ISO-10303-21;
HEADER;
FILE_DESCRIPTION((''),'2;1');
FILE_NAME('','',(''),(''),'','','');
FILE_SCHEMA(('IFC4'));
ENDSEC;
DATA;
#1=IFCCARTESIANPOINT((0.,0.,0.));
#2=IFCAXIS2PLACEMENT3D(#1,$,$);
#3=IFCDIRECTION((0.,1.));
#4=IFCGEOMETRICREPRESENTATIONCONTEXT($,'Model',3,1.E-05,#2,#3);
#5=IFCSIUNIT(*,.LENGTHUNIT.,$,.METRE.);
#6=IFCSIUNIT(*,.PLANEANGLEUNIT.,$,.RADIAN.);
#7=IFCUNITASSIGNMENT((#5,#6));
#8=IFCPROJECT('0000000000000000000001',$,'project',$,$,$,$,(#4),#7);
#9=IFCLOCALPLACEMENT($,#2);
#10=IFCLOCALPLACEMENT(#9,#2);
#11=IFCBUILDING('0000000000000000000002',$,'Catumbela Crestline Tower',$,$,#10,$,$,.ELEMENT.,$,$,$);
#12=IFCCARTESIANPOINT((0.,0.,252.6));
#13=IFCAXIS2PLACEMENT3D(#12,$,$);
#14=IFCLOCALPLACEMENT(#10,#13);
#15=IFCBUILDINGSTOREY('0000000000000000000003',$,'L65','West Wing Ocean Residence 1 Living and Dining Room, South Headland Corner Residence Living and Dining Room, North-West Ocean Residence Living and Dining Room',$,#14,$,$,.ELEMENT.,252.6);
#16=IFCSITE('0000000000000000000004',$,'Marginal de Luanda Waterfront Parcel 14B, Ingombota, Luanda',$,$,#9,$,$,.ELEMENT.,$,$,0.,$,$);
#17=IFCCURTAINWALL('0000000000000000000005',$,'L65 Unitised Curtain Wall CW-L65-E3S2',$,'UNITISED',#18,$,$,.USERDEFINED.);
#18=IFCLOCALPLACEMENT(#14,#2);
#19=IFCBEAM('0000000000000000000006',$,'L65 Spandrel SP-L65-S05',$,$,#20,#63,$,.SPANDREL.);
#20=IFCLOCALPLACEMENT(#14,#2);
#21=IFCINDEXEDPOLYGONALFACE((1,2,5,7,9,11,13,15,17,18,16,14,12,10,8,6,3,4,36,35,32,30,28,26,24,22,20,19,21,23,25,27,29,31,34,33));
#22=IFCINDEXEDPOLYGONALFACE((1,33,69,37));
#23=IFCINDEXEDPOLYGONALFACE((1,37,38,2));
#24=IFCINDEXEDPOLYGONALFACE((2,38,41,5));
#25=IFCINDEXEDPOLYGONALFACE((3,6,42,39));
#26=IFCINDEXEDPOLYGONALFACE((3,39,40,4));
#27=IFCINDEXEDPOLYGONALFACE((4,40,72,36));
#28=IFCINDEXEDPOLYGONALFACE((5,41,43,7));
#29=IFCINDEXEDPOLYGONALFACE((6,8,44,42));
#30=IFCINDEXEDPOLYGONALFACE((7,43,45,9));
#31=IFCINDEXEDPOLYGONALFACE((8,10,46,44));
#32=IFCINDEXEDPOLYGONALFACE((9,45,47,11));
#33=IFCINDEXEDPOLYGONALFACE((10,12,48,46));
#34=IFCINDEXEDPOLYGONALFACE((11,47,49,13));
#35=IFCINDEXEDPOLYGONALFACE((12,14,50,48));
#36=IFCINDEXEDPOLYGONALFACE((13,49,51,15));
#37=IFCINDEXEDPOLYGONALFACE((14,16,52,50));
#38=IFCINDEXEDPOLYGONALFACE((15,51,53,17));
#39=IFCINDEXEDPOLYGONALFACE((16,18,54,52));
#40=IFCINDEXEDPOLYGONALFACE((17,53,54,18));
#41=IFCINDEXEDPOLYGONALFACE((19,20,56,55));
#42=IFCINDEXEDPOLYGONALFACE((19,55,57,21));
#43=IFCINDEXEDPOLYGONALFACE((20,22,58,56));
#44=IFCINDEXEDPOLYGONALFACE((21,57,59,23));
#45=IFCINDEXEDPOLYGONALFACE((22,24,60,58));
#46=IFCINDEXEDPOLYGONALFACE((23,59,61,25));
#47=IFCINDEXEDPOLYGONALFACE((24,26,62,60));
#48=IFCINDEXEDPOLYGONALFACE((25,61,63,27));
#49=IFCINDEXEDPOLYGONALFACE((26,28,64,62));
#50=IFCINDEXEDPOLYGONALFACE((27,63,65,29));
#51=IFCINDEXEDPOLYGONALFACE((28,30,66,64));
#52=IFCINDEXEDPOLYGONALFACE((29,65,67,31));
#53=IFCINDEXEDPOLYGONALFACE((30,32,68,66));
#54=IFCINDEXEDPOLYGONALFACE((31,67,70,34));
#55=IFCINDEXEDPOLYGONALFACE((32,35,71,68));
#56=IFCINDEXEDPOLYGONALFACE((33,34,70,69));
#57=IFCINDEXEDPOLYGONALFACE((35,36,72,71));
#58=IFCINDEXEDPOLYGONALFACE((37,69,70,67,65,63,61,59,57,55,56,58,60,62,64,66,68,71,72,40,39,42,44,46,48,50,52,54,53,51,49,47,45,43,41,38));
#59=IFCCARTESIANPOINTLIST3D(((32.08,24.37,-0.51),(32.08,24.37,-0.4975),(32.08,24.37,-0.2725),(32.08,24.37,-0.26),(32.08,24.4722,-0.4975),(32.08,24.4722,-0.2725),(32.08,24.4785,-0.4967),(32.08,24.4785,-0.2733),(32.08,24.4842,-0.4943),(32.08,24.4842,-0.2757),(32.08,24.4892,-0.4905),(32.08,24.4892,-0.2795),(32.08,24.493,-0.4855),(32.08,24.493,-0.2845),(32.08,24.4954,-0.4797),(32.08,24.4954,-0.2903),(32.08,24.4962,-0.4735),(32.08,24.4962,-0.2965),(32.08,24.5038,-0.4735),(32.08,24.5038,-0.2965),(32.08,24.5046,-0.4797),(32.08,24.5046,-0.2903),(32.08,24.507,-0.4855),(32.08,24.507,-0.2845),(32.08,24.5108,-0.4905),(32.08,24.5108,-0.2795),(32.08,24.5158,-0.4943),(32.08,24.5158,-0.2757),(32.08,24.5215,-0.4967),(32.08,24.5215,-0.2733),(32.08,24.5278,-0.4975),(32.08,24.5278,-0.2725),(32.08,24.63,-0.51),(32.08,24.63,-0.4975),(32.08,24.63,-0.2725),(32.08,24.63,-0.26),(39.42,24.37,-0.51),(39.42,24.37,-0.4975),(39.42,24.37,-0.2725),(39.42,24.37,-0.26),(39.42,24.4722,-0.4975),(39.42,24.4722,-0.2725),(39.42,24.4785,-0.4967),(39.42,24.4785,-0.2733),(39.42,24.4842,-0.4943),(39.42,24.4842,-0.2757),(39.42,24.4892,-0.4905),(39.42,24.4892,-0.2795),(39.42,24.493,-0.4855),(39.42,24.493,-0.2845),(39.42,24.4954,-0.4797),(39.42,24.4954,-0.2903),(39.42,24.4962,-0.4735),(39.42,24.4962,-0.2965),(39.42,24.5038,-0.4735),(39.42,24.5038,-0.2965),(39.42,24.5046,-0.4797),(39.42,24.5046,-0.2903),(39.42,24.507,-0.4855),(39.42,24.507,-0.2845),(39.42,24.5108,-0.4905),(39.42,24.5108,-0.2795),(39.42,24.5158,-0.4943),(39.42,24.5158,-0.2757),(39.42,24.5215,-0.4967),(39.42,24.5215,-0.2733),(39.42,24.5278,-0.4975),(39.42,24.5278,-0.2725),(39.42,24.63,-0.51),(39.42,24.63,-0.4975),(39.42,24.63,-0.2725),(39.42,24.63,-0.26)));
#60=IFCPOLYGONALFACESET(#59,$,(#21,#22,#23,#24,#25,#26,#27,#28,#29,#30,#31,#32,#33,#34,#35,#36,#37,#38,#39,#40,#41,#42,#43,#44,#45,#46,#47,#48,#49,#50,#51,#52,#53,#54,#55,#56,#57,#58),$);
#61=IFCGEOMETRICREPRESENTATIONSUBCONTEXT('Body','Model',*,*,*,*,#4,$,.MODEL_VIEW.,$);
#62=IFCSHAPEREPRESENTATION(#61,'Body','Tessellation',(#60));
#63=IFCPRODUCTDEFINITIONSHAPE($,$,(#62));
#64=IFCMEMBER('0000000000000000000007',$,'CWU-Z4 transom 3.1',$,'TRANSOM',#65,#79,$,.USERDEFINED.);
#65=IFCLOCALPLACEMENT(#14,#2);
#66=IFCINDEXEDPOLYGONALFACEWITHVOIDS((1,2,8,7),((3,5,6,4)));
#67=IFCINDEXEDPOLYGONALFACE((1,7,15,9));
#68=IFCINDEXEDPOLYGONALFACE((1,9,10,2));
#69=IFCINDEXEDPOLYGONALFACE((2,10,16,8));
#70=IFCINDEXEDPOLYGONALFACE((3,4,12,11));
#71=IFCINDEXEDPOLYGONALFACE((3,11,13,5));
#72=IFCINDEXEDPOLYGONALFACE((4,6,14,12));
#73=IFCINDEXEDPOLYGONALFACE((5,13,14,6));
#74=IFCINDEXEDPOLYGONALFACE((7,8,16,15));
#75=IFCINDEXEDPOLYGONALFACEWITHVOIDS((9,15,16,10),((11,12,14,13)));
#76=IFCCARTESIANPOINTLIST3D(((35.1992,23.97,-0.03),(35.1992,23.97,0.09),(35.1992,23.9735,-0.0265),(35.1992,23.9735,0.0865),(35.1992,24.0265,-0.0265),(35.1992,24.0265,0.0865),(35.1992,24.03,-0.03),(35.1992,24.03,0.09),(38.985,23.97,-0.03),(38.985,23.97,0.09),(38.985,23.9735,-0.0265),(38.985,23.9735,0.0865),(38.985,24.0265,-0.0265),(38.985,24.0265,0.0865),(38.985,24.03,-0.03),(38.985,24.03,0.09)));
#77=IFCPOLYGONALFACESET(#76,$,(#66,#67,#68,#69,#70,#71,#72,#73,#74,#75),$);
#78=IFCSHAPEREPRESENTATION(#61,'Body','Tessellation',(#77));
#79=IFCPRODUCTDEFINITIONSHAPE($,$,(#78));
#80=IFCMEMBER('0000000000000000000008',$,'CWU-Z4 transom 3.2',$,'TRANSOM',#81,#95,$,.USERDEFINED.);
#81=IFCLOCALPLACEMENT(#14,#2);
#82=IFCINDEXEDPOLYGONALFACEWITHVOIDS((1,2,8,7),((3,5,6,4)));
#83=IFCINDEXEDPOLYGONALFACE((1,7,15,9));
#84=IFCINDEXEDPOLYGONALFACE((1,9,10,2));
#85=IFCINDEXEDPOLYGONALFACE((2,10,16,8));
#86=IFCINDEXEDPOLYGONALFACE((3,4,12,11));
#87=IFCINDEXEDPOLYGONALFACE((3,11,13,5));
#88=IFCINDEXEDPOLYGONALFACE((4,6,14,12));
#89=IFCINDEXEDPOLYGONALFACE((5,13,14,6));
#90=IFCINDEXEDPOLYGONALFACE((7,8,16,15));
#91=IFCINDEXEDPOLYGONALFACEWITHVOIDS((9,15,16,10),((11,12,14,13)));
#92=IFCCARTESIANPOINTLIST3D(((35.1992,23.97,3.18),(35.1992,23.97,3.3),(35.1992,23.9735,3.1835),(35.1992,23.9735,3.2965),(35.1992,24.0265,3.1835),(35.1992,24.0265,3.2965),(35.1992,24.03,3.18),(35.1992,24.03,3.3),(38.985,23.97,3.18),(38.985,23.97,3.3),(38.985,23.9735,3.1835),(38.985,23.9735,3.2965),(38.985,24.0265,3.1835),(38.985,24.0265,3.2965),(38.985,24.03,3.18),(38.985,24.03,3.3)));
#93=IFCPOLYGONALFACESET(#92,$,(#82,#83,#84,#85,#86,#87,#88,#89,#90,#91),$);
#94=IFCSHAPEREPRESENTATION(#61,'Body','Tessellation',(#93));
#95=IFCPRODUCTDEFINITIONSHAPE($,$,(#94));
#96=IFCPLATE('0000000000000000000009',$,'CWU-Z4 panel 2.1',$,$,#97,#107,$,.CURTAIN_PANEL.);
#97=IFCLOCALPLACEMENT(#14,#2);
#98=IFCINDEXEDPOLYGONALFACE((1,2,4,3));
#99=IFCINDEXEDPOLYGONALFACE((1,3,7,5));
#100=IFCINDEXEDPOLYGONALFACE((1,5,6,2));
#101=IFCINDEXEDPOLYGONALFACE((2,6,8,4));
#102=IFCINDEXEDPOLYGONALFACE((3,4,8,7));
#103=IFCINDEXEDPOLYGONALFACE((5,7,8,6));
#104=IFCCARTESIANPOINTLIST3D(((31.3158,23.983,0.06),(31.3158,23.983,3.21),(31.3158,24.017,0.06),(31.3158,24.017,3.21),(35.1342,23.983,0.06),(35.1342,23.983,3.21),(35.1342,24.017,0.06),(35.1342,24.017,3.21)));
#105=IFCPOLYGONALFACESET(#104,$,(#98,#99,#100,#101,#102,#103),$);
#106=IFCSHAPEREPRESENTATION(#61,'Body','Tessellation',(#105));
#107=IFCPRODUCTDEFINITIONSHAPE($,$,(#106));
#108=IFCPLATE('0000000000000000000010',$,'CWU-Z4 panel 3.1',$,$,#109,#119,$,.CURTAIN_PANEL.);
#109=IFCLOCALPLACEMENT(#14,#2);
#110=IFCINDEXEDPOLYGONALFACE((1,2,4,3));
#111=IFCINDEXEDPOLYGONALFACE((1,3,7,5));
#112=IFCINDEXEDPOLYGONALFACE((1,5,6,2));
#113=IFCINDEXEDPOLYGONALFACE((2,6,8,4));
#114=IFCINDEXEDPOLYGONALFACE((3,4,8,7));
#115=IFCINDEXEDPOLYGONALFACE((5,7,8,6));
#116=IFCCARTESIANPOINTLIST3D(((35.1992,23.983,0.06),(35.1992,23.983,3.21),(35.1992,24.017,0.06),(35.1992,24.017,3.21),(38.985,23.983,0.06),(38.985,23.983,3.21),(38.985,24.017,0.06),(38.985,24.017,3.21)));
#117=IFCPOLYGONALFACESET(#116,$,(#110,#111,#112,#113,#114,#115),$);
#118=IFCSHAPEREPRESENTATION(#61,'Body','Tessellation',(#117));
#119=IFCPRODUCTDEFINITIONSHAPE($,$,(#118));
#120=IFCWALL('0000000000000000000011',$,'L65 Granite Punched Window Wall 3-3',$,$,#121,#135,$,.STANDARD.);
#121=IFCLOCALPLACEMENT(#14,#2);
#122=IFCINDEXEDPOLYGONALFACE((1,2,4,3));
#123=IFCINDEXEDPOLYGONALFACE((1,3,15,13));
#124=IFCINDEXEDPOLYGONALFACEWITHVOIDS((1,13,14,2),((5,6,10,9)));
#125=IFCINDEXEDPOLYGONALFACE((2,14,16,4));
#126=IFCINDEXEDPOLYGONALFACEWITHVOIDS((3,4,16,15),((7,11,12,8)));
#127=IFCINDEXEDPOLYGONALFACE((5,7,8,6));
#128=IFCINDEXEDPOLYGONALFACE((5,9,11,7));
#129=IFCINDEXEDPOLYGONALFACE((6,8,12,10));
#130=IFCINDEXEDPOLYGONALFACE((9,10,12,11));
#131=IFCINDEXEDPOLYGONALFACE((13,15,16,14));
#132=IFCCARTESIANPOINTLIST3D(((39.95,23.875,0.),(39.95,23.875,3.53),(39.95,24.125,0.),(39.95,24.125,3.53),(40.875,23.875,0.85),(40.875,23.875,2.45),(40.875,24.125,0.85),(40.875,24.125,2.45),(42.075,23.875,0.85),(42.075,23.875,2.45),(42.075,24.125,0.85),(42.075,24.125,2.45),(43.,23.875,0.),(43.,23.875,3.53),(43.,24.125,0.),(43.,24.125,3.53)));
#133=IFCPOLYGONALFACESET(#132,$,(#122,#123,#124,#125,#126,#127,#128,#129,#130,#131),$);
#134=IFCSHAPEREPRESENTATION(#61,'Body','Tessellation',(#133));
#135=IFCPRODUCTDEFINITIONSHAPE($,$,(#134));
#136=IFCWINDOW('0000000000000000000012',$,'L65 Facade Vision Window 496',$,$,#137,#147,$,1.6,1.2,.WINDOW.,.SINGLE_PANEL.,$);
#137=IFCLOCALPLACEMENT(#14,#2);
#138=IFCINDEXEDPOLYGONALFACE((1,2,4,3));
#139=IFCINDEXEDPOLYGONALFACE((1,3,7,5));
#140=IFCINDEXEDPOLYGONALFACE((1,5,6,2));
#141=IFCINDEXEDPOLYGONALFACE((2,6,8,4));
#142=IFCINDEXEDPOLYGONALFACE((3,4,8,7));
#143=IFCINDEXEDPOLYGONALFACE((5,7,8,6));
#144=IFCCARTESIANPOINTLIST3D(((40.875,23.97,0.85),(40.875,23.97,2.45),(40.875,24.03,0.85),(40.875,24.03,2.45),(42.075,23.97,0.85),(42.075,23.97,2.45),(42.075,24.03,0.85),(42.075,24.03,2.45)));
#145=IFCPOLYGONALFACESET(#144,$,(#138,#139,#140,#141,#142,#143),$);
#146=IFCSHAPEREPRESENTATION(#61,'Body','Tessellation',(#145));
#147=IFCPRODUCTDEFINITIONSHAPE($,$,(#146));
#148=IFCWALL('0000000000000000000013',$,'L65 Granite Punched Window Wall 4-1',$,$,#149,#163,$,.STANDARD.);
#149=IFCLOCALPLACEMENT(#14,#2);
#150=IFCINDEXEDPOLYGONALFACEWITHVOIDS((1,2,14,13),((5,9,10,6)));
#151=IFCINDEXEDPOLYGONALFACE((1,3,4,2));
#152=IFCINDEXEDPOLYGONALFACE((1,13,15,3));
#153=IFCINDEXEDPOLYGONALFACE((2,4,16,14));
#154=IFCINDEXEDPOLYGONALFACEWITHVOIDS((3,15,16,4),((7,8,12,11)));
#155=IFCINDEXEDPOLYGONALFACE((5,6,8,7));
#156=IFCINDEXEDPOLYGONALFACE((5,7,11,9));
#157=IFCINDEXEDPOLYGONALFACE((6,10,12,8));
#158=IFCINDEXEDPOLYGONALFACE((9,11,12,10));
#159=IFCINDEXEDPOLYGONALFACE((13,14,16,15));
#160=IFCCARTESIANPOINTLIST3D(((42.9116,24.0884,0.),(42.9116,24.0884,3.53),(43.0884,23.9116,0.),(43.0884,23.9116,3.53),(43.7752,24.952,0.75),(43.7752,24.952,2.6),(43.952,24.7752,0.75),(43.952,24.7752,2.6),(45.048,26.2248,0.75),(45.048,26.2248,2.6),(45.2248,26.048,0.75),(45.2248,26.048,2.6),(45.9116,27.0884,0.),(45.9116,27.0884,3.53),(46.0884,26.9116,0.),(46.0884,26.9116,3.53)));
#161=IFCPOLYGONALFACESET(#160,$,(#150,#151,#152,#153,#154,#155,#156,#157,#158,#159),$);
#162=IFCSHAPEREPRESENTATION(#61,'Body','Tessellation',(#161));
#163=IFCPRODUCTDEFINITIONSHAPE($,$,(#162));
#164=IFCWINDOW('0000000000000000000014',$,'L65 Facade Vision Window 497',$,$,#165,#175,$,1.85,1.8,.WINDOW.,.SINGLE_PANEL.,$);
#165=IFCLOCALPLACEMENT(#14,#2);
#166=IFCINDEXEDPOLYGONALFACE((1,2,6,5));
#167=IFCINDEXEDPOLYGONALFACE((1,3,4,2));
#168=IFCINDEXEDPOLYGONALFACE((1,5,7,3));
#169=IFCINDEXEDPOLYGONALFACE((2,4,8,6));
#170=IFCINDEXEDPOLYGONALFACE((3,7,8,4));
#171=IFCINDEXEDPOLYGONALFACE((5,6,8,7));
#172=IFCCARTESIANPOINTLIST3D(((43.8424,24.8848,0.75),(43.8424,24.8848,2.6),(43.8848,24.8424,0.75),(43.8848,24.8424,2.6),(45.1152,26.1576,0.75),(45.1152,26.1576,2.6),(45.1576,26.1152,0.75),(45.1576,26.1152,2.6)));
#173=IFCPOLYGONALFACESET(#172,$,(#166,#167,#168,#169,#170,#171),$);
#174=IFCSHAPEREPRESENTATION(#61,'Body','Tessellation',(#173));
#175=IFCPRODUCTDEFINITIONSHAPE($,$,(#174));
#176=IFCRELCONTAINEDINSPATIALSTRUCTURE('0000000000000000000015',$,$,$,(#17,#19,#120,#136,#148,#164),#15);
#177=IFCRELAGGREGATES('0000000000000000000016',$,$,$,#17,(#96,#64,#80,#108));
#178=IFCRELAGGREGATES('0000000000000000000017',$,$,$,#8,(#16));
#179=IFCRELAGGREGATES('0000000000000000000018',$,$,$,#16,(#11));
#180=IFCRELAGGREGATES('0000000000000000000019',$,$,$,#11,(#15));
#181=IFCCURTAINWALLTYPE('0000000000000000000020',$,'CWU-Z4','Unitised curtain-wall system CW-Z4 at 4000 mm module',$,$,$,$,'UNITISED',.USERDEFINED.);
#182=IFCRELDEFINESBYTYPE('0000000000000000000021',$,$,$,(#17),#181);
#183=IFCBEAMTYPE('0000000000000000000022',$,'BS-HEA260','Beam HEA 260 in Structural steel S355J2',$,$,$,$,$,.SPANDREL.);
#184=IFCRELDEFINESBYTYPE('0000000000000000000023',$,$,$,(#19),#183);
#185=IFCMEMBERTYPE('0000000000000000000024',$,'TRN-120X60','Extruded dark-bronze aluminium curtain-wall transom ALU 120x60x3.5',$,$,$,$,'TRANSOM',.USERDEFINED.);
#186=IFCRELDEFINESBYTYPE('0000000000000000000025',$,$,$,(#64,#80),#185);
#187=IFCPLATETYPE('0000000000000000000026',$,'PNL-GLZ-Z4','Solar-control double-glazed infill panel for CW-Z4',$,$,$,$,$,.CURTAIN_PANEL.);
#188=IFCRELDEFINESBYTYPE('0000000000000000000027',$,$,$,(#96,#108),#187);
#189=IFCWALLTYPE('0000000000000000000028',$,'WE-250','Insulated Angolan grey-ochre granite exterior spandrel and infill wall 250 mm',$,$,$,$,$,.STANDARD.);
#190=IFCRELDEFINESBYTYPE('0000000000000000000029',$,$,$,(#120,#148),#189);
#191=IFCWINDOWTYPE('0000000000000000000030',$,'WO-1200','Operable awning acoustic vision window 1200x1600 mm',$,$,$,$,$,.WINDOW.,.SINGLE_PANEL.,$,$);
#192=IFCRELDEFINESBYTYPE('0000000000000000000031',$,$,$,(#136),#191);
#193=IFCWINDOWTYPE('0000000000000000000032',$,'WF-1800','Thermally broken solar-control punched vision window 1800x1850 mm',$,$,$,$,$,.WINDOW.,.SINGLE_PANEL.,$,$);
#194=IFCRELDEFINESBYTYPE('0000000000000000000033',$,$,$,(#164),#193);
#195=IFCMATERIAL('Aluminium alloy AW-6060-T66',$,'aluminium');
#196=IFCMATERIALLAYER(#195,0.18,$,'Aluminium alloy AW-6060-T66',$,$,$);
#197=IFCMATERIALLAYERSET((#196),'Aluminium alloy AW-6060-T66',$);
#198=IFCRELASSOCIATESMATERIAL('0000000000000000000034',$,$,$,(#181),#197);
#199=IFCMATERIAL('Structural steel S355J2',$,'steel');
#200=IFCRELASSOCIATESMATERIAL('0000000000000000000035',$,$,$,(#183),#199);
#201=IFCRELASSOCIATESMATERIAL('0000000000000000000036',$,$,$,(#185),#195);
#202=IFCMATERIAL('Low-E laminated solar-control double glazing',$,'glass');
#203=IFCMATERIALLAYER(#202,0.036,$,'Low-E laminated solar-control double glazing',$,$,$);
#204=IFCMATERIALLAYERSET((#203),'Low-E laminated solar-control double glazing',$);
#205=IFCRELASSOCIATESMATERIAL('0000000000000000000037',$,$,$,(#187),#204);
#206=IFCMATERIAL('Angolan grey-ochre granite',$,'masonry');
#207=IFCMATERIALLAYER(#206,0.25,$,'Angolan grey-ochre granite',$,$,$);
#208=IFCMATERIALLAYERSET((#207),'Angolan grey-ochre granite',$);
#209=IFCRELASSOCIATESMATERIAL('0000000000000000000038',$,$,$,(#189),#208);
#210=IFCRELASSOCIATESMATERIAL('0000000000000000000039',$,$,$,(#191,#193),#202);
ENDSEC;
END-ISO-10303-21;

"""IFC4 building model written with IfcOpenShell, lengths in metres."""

from ifc_helpers import new_model, si_unit, direction, frame, frame_2d, origin, origin_2d, place, context, subcontext, project, spatial, rectangle, hollow_rectangle, i_section, extrude, material, layer, layer_set, material_profile, profile_set, type_object, element, fill, aggregate, save


model = new_model("IFC4")

# Units and contexts
model_context = context("Model", 3, precision=1e-05, world=origin(), true_north=direction((0.0, 1.0)))
body_context = subcontext(model_context, "Body", "Model", "MODEL_VIEW")
ifc_project = project(units=[si_unit("LENGTHUNIT", "METRE"), si_unit("PLANEANGLEUNIT", "RADIAN")], contexts=[model_context])

# Site, building, storey
site_placement = place(None, origin())
site = spatial("IfcSite", under=ifc_project, at=site_placement, Name="Marginal de Luanda Waterfront Parcel 14B, Ingombota, Luanda", CompositionType="ELEMENT", RefElevation=0.0)
building_placement = place(site_placement, origin())
building = spatial("IfcBuilding", under=site, at=building_placement, Name="Catumbela Crestline Tower", CompositionType="ELEMENT")
storey_placement = place(building_placement, frame((0.0, 0.0, 252.6)))
storey = spatial("IfcBuildingStorey", under=building, at=storey_placement, Name="L65", Description="West Wing Ocean Residence 1 Living and Dining Room, South Headland Corner Residence Living and Dining Room, North-West Ocean Residence Living and Dining Room", CompositionType="ELEMENT", Elevation=252.6)

# Shared definitions
ifc_material_1 = material(Name="Structural steel S355J2", Category="steel")

# Curtain wall
ifc_material_2 = material(Name="Aluminium alloy AW-6060-T66", Category="aluminium")
ifc_layer_1 = layer(ifc_material_2, 0.18, Name="Aluminium alloy AW-6060-T66")
ifc_layer_set_1 = layer_set([ifc_layer_1], Name="Aluminium alloy AW-6060-T66")
curtain_wall_type = type_object("IfcCurtainWallType", Name="CWU-Z4", Description="Unitised curtain-wall system CW-Z4 at 4000 mm module", ElementType="UNITISED", PredefinedType="USERDEFINED", material=ifc_layer_set_1)
curtain_wall_placement = place(storey_placement, origin())
curtain_wall = element("IfcCurtainWall", 1, at=curtain_wall_placement, inside=storey, type_object=curtain_wall_type, Name="L65 Unitised Curtain Wall CW-L65-E3S2", ObjectType="UNITISED", PredefinedType="USERDEFINED")

# Beam
ifc_material_profile_1 = material_profile(ifc_material_1, i_section(OverallWidth=0.26, OverallDepth=0.25, WebThickness=0.0075, FlangeThickness=0.0125, FilletRadius=0.024, at=origin_2d()), Name="HEA 260")
ifc_profile_set_1 = profile_set([ifc_material_profile_1], Name="Structural steel S355J2")
beam_type_1 = type_object("IfcBeamType", Name="BS-HEA260", Description="Beam HEA 260 in Structural steel S355J2", PredefinedType="SPANDREL", material=ifc_profile_set_1)
beam_1_placement = place(storey_placement, frame((32.08, 24.5, -0.385), z_axis=(1.0, 0.0, 0.0), x_axis=(0.0, 1.0, 0.0)))
element("IfcBeam", 2, at=beam_1_placement, inside=storey, type_object=beam_type_1, Name="L65 Spandrel SP-L65-S05", PredefinedType="SPANDREL", context=body_context, shape_type="SweptSolid", body=[
    extrude(i_section(OverallWidth=0.26, OverallDepth=0.25, WebThickness=0.0075, FlangeThickness=0.0125, FilletRadius=0.024, at=origin_2d()), origin(), (0.0, 0.0, 1.0), 7.34),
])

# Members
ifc_material_profile_2 = material_profile(ifc_material_2, hollow_rectangle(XDim=0.06, YDim=0.12, WallThickness=0.0035, at=origin_2d()), Name="ALU 120x60x3.5")
ifc_profile_set_2 = profile_set([ifc_material_profile_2], Name="Aluminium alloy AW-6060-T66")
member_type_1 = type_object("IfcMemberType", Name="TRN-120X60", Description="Extruded dark-bronze aluminium curtain-wall transom ALU 120x60x3.5", ElementType="TRANSOM", PredefinedType="USERDEFINED", material=ifc_profile_set_2)
member_1_placement = place(storey_placement, frame((35.1992, 24.0, 0.03), z_axis=(1.0, 0.0, 0.0), x_axis=(0.0, 1.0, 0.0)))
member_1 = element("IfcMember", 3, at=member_1_placement, type_object=member_type_1, Name="CWU-Z4 transom 3.1", ObjectType="TRANSOM", PredefinedType="USERDEFINED", context=body_context, shape_type="SweptSolid", body=[
    extrude(hollow_rectangle(XDim=0.06, YDim=0.12, WallThickness=0.0035, at=origin_2d()), origin(), (0.0, 0.0, 1.0), 3.7858),
])
member_2_placement = place(storey_placement, frame((35.1992, 24.0, 3.24), z_axis=(1.0, 0.0, 0.0), x_axis=(0.0, 1.0, 0.0)))
member_2 = element("IfcMember", 4, at=member_2_placement, type_object=member_type_1, Name="CWU-Z4 transom 3.2", ObjectType="TRANSOM", PredefinedType="USERDEFINED", context=body_context, shape_type="SweptSolid", body=[
    extrude(hollow_rectangle(XDim=0.06, YDim=0.12, WallThickness=0.0035, at=origin_2d()), origin(), (0.0, 0.0, 1.0), 3.7858),
])

# Plates
ifc_material_3 = material(Name="Low-E laminated solar-control double glazing", Category="glass")
ifc_layer_2 = layer(ifc_material_3, 0.036, Name="Low-E laminated solar-control double glazing")
ifc_layer_set_2 = layer_set([ifc_layer_2], Name="Low-E laminated solar-control double glazing")
plate_type = type_object("IfcPlateType", Name="PNL-GLZ-Z4", Description="Solar-control double-glazed infill panel for CW-Z4", PredefinedType="CURTAIN_PANEL", material=ifc_layer_set_2)
plate_1_placement = place(storey_placement, frame((33.225, 24.0, 0.06), z_axis=(0.0, 0.0, 1.0), x_axis=(1.0, 0.0, 0.0)))
plate_1 = element("IfcPlate", 5, at=plate_1_placement, type_object=plate_type, Name="CWU-Z4 panel 2.1", PredefinedType="CURTAIN_PANEL", context=body_context, shape_type="SweptSolid", body=[
    extrude(rectangle(XDim=3.8183, YDim=0.034, at=origin_2d()), origin(), (0.0, 0.0, 1.0), 3.15),
])
plate_2_placement = place(storey_placement, frame((37.0921, 24.0, 0.06), z_axis=(0.0, 0.0, 1.0), x_axis=(1.0, 0.0, 0.0)))
plate_2 = element("IfcPlate", 6, at=plate_2_placement, type_object=plate_type, Name="CWU-Z4 panel 3.1", PredefinedType="CURTAIN_PANEL", context=body_context, shape_type="SweptSolid", body=[
    extrude(rectangle(XDim=3.7858, YDim=0.034, at=origin_2d()), origin(), (0.0, 0.0, 1.0), 3.15),
])
aggregate(curtain_wall, [plate_1, member_1, member_2, plate_2])

# Walls, openings, windows
ifc_material_4 = material(Name="Angolan grey-ochre granite", Category="masonry")
ifc_layer_3 = layer(ifc_material_4, 0.25, Name="Angolan grey-ochre granite")
ifc_layer_set_3 = layer_set([ifc_layer_3], Name="Angolan grey-ochre granite")
wall_type_1 = type_object("IfcWallType", Name="WE-250", Description="Insulated Angolan grey-ochre granite exterior spandrel and infill wall 250 mm", PredefinedType="STANDARD", material=ifc_layer_set_3)
wall_1_placement = place(storey_placement, frame((39.95, 24.0, 0.0), z_axis=(0.0, 0.0, 1.0), x_axis=(1.0, 0.0, 0.0)))
wall_1 = element("IfcWall", 7, at=wall_1_placement, inside=storey, type_object=wall_type_1, Name="L65 Granite Punched Window Wall 3-3", PredefinedType="STANDARD", context=body_context, shape_type="SweptSolid", body=[
    extrude(rectangle(XDim=3.05, YDim=0.25, at=frame_2d((1.525, 0.0))), origin(), (0.0, 0.0, 1.0), 3.53),
])
opening_1_placement = place(wall_1_placement, frame((0.925, 0.0, 0.85)))
opening_1 = element("IfcOpeningElement", 8, at=opening_1_placement, cuts=wall_1, PredefinedType="OPENING", context=body_context, shape_type="SweptSolid", body=[
    extrude(rectangle(XDim=1.2, YDim=1.6, at=frame_2d((0.6, 0.8))), frame((0.0, 0.135, 0.0), z_axis=(0.0, -1.0, 0.0), x_axis=(1.0, 0.0, 0.0)), (0.0, 0.0, 1.0), 0.27),
])
window_type_1 = type_object("IfcWindowType", Name="WO-1200", Description="Operable awning acoustic vision window 1200x1600 mm", PartitioningType="SINGLE_PANEL", PredefinedType="WINDOW", material=ifc_material_3)
window_1_placement = place(opening_1_placement, origin())
window_1 = element("IfcWindow", 9, at=window_1_placement, inside=storey, type_object=window_type_1, Name="L65 Facade Vision Window 496", OverallHeight=1.6, OverallWidth=1.2, PartitioningType="SINGLE_PANEL", PredefinedType="WINDOW", context=body_context, shape_type="SweptSolid", body=[
    extrude(rectangle(XDim=1.2, YDim=1.6, at=frame_2d((0.6, 0.8))), frame((0.0, 0.03, 0.0), z_axis=(0.0, -1.0, 0.0), x_axis=(1.0, 0.0, 0.0)), (0.0, 0.0, 1.0), 0.06),
])
fill(opening_1, window_1)
wall_2_placement = place(storey_placement, frame((43.0, 24.0, 0.0), z_axis=(0.0, 0.0, 1.0), x_axis=(0.707107, 0.707107, 0.0)))
wall_2 = element("IfcWall", 10, at=wall_2_placement, inside=storey, type_object=wall_type_1, Name="L65 Granite Punched Window Wall 4-1", PredefinedType="STANDARD", context=body_context, shape_type="SweptSolid", body=[
    extrude(rectangle(XDim=4.2426, YDim=0.25, at=frame_2d((2.1213, 0.0))), origin(), (0.0, 0.0, 1.0), 3.53),
])
opening_2_placement = place(wall_2_placement, frame((1.2213, 0.0, 0.75)))
opening_2 = element("IfcOpeningElement", 11, at=opening_2_placement, cuts=wall_2, PredefinedType="OPENING", context=body_context, shape_type="SweptSolid", body=[
    extrude(rectangle(XDim=1.8, YDim=1.85, at=frame_2d((0.9, 0.925))), frame((0.0, 0.135, 0.0), z_axis=(0.0, -1.0, 0.0), x_axis=(1.0, 0.0, 0.0)), (0.0, 0.0, 1.0), 0.27),
])
window_type_2 = type_object("IfcWindowType", Name="WF-1800", Description="Thermally broken solar-control punched vision window 1800x1850 mm", PartitioningType="SINGLE_PANEL", PredefinedType="WINDOW", material=ifc_material_3)
window_2_placement = place(opening_2_placement, origin())
window_2 = element("IfcWindow", 12, at=window_2_placement, inside=storey, type_object=window_type_2, Name="L65 Facade Vision Window 497", OverallHeight=1.85, OverallWidth=1.8, PartitioningType="SINGLE_PANEL", PredefinedType="WINDOW", context=body_context, shape_type="SweptSolid", body=[
    extrude(rectangle(XDim=1.8, YDim=1.85, at=frame_2d((0.9, 0.925))), frame((0.0, 0.03, 0.0), z_axis=(0.0, -1.0, 0.0), x_axis=(1.0, 0.0, 0.0)), (0.0, 0.0, 1.0), 0.06),
])
fill(opening_2, window_2)

save(model, "model.ifc")
